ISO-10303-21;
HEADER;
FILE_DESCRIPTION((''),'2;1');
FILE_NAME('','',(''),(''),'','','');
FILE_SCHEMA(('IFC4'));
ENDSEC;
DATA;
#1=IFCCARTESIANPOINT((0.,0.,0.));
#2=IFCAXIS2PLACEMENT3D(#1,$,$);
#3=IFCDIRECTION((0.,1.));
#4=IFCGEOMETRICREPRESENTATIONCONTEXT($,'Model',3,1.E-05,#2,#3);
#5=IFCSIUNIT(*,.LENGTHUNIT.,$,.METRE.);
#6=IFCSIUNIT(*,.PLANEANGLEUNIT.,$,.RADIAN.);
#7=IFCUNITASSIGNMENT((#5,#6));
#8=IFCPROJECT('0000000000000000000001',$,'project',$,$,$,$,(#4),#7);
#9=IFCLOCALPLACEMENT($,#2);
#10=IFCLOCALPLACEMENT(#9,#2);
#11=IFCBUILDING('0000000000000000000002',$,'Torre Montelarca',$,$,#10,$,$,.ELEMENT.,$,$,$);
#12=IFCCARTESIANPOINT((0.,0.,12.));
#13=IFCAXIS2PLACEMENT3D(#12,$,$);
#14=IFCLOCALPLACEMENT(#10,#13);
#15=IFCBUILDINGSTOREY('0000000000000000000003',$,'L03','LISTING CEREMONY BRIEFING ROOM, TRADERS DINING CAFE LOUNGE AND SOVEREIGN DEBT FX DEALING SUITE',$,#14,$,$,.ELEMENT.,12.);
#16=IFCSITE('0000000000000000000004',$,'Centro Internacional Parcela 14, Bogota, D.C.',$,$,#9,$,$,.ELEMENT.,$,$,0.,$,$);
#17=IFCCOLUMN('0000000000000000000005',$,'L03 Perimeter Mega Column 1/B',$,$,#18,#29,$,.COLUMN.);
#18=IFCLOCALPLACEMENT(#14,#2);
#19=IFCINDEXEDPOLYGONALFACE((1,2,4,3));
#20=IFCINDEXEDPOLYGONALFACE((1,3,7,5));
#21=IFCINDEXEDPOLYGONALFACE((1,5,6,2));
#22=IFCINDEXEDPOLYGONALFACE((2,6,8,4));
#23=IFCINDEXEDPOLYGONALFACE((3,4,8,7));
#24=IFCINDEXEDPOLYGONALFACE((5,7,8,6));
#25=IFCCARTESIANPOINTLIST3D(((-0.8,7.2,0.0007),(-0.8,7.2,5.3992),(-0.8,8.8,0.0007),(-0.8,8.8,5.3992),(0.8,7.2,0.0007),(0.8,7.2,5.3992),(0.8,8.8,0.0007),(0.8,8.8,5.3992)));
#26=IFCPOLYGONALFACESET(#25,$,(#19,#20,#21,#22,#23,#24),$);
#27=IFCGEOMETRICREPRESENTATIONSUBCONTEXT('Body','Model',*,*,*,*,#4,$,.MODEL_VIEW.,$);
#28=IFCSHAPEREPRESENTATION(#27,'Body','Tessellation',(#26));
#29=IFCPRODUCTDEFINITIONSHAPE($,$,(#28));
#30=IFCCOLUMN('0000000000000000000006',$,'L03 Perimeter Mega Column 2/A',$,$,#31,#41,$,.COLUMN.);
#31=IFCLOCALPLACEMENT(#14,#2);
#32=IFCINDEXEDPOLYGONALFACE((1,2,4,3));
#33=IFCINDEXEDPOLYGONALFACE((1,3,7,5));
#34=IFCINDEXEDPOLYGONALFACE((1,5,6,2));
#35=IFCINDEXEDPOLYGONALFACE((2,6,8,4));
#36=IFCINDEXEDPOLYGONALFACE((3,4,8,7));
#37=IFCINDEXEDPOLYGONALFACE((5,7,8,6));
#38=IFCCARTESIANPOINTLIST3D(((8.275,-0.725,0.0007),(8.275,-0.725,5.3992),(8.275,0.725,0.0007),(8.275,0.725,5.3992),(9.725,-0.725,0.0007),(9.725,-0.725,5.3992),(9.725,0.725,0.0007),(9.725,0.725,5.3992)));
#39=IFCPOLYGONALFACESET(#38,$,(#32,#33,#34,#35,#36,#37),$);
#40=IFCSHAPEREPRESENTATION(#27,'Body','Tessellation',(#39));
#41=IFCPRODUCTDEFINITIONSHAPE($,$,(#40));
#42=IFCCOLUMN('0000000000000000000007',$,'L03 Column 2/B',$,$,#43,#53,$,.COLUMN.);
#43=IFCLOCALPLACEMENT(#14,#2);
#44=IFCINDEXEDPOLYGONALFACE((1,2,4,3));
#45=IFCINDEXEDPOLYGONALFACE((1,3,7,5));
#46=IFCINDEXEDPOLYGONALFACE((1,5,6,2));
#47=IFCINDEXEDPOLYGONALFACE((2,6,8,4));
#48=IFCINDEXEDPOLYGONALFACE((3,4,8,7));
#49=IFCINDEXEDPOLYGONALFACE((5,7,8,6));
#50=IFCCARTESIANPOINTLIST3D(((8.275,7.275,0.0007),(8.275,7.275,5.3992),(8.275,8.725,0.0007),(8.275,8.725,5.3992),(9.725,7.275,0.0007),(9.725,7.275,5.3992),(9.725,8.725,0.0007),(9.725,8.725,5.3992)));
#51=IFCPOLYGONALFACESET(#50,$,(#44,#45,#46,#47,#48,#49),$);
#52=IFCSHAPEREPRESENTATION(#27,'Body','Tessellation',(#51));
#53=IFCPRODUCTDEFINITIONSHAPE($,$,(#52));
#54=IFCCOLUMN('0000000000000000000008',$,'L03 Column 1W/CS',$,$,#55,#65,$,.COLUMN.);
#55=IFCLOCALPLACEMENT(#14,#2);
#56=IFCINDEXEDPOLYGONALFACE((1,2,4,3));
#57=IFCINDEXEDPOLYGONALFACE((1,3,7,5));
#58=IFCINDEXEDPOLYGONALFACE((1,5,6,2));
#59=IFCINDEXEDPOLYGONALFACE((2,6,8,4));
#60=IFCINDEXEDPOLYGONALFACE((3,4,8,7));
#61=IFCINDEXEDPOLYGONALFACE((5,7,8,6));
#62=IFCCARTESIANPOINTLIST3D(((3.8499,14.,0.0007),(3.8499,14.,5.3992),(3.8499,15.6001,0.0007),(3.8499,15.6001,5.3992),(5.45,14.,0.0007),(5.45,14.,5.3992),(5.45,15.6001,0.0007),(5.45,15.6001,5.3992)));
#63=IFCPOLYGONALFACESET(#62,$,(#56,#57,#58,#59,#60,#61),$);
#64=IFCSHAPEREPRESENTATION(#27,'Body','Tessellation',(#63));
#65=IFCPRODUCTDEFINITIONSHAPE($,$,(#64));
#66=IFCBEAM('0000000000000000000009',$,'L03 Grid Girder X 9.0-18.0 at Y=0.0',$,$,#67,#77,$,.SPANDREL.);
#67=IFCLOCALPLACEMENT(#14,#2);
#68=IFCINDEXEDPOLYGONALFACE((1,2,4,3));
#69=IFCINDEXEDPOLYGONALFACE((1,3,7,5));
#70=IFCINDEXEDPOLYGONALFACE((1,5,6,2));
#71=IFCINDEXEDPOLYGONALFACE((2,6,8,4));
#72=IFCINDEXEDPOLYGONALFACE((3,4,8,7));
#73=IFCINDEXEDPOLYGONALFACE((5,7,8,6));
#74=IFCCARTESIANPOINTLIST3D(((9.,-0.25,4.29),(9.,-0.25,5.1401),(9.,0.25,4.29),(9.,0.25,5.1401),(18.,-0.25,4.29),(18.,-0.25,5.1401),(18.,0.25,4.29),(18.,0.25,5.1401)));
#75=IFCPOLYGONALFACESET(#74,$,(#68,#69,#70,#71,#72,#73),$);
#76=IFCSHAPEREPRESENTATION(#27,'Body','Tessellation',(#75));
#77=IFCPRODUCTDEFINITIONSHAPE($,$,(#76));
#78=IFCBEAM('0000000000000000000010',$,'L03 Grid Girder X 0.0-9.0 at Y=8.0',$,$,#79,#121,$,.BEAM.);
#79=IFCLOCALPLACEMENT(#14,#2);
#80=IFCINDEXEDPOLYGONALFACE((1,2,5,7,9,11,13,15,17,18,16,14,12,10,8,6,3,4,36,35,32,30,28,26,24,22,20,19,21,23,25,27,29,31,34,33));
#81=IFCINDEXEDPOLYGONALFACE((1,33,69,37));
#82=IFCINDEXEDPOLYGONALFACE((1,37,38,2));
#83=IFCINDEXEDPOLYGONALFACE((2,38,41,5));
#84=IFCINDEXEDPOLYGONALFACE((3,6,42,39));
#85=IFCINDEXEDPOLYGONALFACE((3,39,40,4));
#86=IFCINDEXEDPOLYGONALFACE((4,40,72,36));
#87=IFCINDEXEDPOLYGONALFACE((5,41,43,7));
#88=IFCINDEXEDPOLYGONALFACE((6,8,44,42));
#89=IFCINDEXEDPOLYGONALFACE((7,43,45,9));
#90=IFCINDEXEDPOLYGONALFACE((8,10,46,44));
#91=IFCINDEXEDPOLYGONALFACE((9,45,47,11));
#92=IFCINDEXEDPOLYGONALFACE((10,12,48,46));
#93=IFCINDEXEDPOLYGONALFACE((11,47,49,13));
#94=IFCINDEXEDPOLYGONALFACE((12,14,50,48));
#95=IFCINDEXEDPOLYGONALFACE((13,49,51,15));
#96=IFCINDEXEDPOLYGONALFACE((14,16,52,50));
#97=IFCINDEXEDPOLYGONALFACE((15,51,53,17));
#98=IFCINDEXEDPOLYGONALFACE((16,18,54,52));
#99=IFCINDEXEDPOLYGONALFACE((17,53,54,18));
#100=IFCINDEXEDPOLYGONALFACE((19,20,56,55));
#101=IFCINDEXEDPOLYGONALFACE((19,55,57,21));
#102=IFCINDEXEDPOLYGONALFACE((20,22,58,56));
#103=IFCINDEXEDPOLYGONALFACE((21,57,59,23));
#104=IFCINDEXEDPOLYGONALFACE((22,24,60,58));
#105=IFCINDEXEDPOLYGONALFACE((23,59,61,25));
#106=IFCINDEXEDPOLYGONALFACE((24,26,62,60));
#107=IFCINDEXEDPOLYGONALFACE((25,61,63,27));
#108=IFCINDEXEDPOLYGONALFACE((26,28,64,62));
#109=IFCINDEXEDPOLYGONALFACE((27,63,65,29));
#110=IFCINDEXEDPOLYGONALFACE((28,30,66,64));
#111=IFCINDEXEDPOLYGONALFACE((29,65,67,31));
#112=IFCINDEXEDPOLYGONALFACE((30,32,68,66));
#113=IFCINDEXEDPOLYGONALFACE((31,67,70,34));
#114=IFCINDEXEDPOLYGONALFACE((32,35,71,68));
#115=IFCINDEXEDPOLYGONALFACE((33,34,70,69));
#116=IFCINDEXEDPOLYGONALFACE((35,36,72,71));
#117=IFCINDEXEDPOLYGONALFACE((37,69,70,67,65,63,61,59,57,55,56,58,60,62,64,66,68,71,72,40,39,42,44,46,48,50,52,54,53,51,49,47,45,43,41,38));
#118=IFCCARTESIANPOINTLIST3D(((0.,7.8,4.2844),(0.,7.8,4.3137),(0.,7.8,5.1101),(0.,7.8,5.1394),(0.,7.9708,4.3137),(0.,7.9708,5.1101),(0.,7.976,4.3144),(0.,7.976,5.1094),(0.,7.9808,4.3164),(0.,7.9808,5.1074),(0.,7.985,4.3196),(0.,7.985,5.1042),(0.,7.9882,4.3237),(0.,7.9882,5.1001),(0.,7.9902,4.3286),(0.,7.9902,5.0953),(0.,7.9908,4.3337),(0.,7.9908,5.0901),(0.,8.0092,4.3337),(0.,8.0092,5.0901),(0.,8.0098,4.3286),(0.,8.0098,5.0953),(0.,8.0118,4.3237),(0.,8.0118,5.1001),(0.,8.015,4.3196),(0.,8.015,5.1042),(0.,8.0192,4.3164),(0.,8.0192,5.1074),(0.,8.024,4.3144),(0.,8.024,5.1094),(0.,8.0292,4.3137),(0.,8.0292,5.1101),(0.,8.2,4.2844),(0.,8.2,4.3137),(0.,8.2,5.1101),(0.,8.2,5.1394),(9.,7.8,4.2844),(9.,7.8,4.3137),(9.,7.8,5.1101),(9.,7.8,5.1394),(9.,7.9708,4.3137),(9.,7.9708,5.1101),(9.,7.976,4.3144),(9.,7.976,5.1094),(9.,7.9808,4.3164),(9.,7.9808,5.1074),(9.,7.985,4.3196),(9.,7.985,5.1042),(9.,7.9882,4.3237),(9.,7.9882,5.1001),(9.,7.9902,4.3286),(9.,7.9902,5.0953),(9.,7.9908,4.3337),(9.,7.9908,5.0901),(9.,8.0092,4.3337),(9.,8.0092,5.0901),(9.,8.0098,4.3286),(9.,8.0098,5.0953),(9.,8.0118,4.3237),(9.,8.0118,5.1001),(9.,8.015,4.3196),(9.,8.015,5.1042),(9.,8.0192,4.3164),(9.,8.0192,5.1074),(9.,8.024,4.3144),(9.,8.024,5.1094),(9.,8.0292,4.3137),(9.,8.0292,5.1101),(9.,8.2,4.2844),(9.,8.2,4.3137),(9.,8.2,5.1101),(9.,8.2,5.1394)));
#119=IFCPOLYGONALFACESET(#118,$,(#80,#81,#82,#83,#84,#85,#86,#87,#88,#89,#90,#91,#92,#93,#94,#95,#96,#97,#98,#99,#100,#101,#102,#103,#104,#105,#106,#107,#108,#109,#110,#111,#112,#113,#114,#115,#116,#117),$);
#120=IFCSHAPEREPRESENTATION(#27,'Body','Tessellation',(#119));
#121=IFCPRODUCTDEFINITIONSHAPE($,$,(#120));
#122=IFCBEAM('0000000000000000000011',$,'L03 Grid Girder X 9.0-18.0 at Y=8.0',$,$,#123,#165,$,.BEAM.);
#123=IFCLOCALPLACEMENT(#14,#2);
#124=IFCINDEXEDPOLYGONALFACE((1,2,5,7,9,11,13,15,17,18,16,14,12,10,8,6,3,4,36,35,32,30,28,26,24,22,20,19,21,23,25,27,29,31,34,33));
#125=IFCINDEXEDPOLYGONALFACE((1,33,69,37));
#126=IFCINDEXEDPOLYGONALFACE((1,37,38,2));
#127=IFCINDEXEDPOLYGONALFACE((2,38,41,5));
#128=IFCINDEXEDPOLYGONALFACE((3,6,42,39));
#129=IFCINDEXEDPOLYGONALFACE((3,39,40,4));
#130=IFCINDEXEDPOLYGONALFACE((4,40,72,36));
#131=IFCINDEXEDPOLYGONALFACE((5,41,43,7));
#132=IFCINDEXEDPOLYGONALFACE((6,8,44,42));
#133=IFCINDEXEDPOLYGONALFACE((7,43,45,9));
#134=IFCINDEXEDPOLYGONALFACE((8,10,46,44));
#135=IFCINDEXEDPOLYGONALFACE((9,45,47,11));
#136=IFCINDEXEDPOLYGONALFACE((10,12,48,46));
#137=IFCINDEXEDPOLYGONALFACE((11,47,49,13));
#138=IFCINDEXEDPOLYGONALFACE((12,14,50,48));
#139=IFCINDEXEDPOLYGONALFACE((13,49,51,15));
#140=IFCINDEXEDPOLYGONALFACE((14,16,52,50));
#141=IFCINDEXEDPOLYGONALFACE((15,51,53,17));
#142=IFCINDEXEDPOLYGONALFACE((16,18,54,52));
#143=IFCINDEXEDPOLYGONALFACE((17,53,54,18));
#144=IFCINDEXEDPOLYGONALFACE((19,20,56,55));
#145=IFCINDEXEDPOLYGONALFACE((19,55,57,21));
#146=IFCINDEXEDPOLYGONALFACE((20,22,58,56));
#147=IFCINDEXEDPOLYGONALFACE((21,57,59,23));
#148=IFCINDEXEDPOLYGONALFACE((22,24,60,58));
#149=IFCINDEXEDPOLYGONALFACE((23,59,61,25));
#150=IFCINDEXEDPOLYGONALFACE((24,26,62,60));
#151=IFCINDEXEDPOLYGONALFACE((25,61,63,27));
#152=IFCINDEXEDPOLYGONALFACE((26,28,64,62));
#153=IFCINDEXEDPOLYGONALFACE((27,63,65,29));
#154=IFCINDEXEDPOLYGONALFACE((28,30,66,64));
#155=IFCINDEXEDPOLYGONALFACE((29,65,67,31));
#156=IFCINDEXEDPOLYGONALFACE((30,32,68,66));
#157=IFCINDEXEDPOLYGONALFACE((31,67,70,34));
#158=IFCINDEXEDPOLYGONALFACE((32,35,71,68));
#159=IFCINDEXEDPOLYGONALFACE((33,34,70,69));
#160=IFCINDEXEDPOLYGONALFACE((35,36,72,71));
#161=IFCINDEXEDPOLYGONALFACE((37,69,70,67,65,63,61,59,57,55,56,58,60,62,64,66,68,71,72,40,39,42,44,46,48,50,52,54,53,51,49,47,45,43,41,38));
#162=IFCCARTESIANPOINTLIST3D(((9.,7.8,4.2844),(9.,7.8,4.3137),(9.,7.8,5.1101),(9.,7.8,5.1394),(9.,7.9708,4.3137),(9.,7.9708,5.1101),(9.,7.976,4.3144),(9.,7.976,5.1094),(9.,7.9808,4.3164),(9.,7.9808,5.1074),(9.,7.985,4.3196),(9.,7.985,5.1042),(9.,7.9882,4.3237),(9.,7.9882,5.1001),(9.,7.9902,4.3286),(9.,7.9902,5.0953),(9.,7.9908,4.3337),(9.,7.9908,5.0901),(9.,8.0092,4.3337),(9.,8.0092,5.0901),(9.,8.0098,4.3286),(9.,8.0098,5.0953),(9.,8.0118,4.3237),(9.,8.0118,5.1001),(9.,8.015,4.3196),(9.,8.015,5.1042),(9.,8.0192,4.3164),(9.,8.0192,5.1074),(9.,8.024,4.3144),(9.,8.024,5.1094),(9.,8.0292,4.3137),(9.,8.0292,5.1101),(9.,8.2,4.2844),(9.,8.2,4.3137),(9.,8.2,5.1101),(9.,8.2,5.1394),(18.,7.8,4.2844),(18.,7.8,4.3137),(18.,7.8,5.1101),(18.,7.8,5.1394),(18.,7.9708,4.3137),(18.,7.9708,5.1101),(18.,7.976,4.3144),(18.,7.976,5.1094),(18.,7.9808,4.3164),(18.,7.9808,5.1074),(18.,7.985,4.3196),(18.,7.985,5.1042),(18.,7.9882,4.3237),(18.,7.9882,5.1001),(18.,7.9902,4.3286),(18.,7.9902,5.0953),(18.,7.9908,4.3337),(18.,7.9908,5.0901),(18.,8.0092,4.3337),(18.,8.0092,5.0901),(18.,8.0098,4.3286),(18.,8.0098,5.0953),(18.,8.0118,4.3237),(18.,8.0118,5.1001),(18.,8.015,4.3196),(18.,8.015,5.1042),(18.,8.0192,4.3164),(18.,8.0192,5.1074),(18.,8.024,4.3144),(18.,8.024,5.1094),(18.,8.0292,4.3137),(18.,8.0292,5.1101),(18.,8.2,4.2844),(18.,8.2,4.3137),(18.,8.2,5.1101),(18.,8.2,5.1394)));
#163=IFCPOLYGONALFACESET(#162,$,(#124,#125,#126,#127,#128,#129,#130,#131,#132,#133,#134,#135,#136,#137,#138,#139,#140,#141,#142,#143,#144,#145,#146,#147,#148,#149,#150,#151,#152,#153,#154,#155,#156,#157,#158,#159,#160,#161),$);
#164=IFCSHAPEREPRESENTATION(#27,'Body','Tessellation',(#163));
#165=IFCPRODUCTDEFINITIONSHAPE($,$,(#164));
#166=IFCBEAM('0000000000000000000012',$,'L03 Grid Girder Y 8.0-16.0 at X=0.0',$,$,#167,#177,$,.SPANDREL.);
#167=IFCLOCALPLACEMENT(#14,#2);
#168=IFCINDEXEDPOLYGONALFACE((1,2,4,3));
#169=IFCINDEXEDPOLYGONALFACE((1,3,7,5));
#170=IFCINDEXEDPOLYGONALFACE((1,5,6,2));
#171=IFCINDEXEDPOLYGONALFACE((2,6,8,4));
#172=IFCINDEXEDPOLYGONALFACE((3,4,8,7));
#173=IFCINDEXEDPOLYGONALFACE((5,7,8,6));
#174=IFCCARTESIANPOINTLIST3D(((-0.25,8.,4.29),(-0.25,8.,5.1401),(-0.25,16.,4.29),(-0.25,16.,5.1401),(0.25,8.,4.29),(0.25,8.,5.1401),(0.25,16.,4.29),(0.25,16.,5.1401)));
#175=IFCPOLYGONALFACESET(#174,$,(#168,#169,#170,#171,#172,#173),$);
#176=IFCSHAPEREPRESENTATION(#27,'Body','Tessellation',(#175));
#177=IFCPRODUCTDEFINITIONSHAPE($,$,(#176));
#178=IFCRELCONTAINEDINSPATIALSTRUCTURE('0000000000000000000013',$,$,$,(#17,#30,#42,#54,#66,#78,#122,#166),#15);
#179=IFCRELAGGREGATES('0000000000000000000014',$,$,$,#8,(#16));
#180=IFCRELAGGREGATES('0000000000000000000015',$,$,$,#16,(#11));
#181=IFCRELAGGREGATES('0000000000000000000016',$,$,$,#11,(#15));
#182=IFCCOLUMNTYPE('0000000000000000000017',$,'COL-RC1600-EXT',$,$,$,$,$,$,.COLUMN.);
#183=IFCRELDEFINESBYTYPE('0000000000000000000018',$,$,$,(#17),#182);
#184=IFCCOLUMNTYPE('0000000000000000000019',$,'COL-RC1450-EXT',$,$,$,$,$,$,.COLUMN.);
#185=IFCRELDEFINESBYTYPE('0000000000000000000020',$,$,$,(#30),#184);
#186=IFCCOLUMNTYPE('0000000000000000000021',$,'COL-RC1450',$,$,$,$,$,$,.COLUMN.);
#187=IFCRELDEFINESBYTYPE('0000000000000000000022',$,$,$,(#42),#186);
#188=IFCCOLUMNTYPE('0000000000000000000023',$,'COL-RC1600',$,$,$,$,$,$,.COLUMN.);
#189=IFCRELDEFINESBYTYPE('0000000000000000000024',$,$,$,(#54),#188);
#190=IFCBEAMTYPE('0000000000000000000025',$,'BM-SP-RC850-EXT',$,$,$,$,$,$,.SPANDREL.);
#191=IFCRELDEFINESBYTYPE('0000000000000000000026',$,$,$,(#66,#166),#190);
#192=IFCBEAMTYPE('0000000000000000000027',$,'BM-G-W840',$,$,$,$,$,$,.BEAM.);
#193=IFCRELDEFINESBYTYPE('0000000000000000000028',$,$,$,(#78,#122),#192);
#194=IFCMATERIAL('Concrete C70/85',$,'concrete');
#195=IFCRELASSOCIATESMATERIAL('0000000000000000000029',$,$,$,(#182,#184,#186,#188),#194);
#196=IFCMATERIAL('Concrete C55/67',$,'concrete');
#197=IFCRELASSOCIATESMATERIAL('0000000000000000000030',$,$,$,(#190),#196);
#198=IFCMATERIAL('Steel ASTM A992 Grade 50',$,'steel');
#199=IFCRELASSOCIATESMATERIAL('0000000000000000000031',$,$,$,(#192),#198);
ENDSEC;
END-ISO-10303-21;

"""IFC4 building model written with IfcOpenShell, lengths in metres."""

from ifc_helpers import new_model, si_unit, direction, frame, origin, origin_2d, place, context, subcontext, project, spatial, rectangle, i_section, extrude, source, transform, mapped, material, material_profile, profile_set, type_object, element, save


model = new_model("IFC4")

# Units and contexts
model_context = context("Model", 3, precision=1e-05, world=origin(), true_north=direction((0.0, 1.0)))
body_context = subcontext(model_context, "Body", "Model", "MODEL_VIEW")
ifc_project = project(units=[si_unit("LENGTHUNIT", "METRE"), si_unit("PLANEANGLEUNIT", "RADIAN")], contexts=[model_context])

# Site, building, storey
site_placement = place(None, origin())
site = spatial("IfcSite", under=ifc_project, at=site_placement, Name="Centro Internacional Parcela 14, Bogota, D.C.", CompositionType="ELEMENT", RefElevation=0.0)
building_placement = place(site_placement, origin())
building = spatial("IfcBuilding", under=site, at=building_placement, Name="Torre Montelarca", CompositionType="ELEMENT")
storey_placement = place(building_placement, frame((0.0, 0.0, 12.0)))
storey = spatial("IfcBuildingStorey", under=building, at=storey_placement, Name="L03", Description="LISTING CEREMONY BRIEFING ROOM, TRADERS DINING CAFE LOUNGE AND SOVEREIGN DEBT FX DEALING SUITE", CompositionType="ELEMENT", Elevation=12.0)

# Columns
ifc_material_1 = material(Name="Concrete C70/85", Category="concrete")
ifc_material_profile_1 = material_profile(ifc_material_1, rectangle(XDim=1.6001, YDim=1.6001, at=origin_2d()), Name="RC1600X1600", Category="concrete")
ifc_profile_set_1 = profile_set([ifc_material_profile_1], Name="Concrete C70/85")
column_type_1 = type_object("IfcColumnType", Name="COL-RC1600-EXT", PredefinedType="COLUMN", material=ifc_profile_set_1)
shared_shape_1 = source(origin(), body_context, "Body", "SweptSolid", [
    extrude(rectangle(XDim=1.6001, YDim=1.6001, at=origin_2d()), origin(), (0.0, 0.0, 1.0), 5.3984),
])
column_1_placement = place(storey_placement, frame((0.0, 8.0, 0.0007), z_axis=(0.0, 0.0, 1.0), x_axis=(1.0, 0.0, 0.0)))
element("IfcColumn", 1, at=column_1_placement, inside=storey, type_object=column_type_1, Name="L03 Perimeter Mega Column 1/B", PredefinedType="COLUMN", context=body_context, shape_type="MappedRepresentation", body=[
    mapped(shared_shape_1, transform((0.0, 0.0, 0.0), scale=1.0)),
])
ifc_material_profile_2 = material_profile(ifc_material_1, rectangle(XDim=1.45, YDim=1.45, at=origin_2d()), Name="RC1450X1450", Category="concrete")
ifc_profile_set_2 = profile_set([ifc_material_profile_2], Name="Concrete C70/85")
column_type_2 = type_object("IfcColumnType", Name="COL-RC1450-EXT", PredefinedType="COLUMN", material=ifc_profile_set_2)
shared_shape_2 = source(origin(), body_context, "Body", "SweptSolid", [
    extrude(rectangle(XDim=1.45, YDim=1.45, at=origin_2d()), origin(), (0.0, 0.0, 1.0), 5.3984),
])
column_2_placement = place(storey_placement, frame((9.0, 0.0, 0.0007), z_axis=(0.0, 0.0, 1.0), x_axis=(1.0, 0.0, 0.0)))
element("IfcColumn", 2, at=column_2_placement, inside=storey, type_object=column_type_2, Name="L03 Perimeter Mega Column 2/A", PredefinedType="COLUMN", context=body_context, shape_type="MappedRepresentation", body=[
    mapped(shared_shape_2, transform((0.0, 0.0, 0.0), scale=1.0)),
])
ifc_material_profile_3 = material_profile(ifc_material_1, rectangle(XDim=1.45, YDim=1.45, at=origin_2d()), Name="RC1450X1450", Category="concrete")
ifc_profile_set_3 = profile_set([ifc_material_profile_3], Name="Concrete C70/85")
column_type_3 = type_object("IfcColumnType", Name="COL-RC1450", PredefinedType="COLUMN", material=ifc_profile_set_3)
shared_shape_3 = source(origin(), body_context, "Body", "SweptSolid", [
    extrude(rectangle(XDim=1.45, YDim=1.45, at=origin_2d()), origin(), (0.0, 0.0, 1.0), 5.3984),
])
column_3_placement = place(storey_placement, frame((9.0, 8.0, 0.0007), z_axis=(0.0, 0.0, 1.0), x_axis=(1.0, 0.0, 0.0)))
element("IfcColumn", 3, at=column_3_placement, inside=storey, type_object=column_type_3, Name="L03 Column 2/B", PredefinedType="COLUMN", context=body_context, shape_type="MappedRepresentation", body=[
    mapped(shared_shape_3, transform((0.0, 0.0, 0.0), scale=1.0)),
])
ifc_material_profile_4 = material_profile(ifc_material_1, rectangle(XDim=1.6001, YDim=1.6001, at=origin_2d()), Name="RC1600X1600", Category="concrete")
ifc_profile_set_4 = profile_set([ifc_material_profile_4], Name="Concrete C70/85")
column_type_4 = type_object("IfcColumnType", Name="COL-RC1600", PredefinedType="COLUMN", material=ifc_profile_set_4)
shared_shape_4 = source(origin(), body_context, "Body", "SweptSolid", [
    extrude(rectangle(XDim=1.6001, YDim=1.6001, at=origin_2d()), origin(), (0.0, 0.0, 1.0), 5.3984),
])
column_4_placement = place(storey_placement, frame((4.6499, 14.8, 0.0007), z_axis=(0.0, 0.0, 1.0), x_axis=(1.0, 0.0, 0.0)))
element("IfcColumn", 4, at=column_4_placement, inside=storey, type_object=column_type_4, Name="L03 Column 1W/CS", PredefinedType="COLUMN", context=body_context, shape_type="MappedRepresentation", body=[
    mapped(shared_shape_4, transform((0.0, 0.0, 0.0), scale=1.0)),
])

# Beams
ifc_material_2 = material(Name="Concrete C55/67", Category="concrete")
ifc_material_profile_5 = material_profile(ifc_material_2, rectangle(XDim=0.5, YDim=0.8501, at=origin_2d()), Name="RCB500X850", Category="concrete")
ifc_profile_set_5 = profile_set([ifc_material_profile_5], Name="Concrete C55/67")
beam_type_1 = type_object("IfcBeamType", Name="BM-SP-RC850-EXT", PredefinedType="SPANDREL", material=ifc_profile_set_5)
shared_shape_5 = source(origin(), body_context, "Body", "SweptSolid", [
    extrude(rectangle(XDim=0.5, YDim=0.8501, at=origin_2d()), origin(), (0.0, 0.0, 1.0), 9.0),
])
beam_1_placement = place(storey_placement, frame((9.0, 0.0, 4.7151), z_axis=(1.0, 0.0, 0.0), x_axis=(0.0, 1.0, 0.0)))
element("IfcBeam", 5, at=beam_1_placement, inside=storey, type_object=beam_type_1, Name="L03 Grid Girder X 9.0-18.0 at Y=0.0", PredefinedType="SPANDREL", context=body_context, shape_type="MappedRepresentation", body=[
    mapped(shared_shape_5, transform((0.0, 0.0, 0.0), scale=1.0)),
])
ifc_material_3 = material(Name="Steel ASTM A992 Grade 50", Category="steel")
ifc_material_profile_6 = material_profile(ifc_material_3, i_section(OverallWidth=0.3999, OverallDepth=0.855, WebThickness=0.0183, FlangeThickness=0.0293, FilletRadius=0.02, at=origin_2d()), Name="W840X299", Category="steel")
ifc_profile_set_6 = profile_set([ifc_material_profile_6], Name="Steel ASTM A992 Grade 50")
beam_type_2 = type_object("IfcBeamType", Name="BM-G-W840", PredefinedType="BEAM", material=ifc_profile_set_6)
shared_shape_6 = source(origin(), body_context, "Body", "SweptSolid", [
    extrude(i_section(OverallWidth=0.3999, OverallDepth=0.855, WebThickness=0.0183, FlangeThickness=0.0293, FilletRadius=0.02, at=origin_2d()), origin(), (0.0, 0.0, 1.0), 9.0),
])
for number, where, z_axis, x_axis, name in (
    (6, (0.0, 8.0, 4.7119), (1.0, 0.0, 0.0), (0.0, 1.0, 0.0), "L03 Grid Girder X 0.0-9.0 at Y=8.0"),
    (7, (9.0, 8.0, 4.7119), (1.0, 0.0, 0.0), (0.0, 1.0, 0.0), "L03 Grid Girder X 9.0-18.0 at Y=8.0"),
):
    element("IfcBeam", number, at=place(storey_placement, frame(where, z_axis=z_axis, x_axis=x_axis)), inside=storey, type_object=beam_type_2, Name=name, PredefinedType="BEAM", context=body_context, shape_type="MappedRepresentation", body=[
        mapped(shared_shape_6, transform((0.0, 0.0, 0.0), scale=1.0)),
    ])
shared_shape_7 = source(origin(), body_context, "Body", "SweptSolid", [
    extrude(rectangle(XDim=0.5, YDim=0.8501, at=origin_2d()), origin(), (0.0, 0.0, 1.0), 8.0),
])
beam_2_placement = place(storey_placement, frame((0.0, 8.0, 4.7151), z_axis=(0.0, 1.0, 0.0), x_axis=(-1.0, 0.0, 0.0)))
element("IfcBeam", 8, at=beam_2_placement, inside=storey, type_object=beam_type_1, Name="L03 Grid Girder Y 8.0-16.0 at X=0.0", PredefinedType="SPANDREL", context=body_context, shape_type="MappedRepresentation", body=[
    mapped(shared_shape_7, transform((0.0, 0.0, 0.0), scale=1.0)),
])

save(model, "model.ifc")
